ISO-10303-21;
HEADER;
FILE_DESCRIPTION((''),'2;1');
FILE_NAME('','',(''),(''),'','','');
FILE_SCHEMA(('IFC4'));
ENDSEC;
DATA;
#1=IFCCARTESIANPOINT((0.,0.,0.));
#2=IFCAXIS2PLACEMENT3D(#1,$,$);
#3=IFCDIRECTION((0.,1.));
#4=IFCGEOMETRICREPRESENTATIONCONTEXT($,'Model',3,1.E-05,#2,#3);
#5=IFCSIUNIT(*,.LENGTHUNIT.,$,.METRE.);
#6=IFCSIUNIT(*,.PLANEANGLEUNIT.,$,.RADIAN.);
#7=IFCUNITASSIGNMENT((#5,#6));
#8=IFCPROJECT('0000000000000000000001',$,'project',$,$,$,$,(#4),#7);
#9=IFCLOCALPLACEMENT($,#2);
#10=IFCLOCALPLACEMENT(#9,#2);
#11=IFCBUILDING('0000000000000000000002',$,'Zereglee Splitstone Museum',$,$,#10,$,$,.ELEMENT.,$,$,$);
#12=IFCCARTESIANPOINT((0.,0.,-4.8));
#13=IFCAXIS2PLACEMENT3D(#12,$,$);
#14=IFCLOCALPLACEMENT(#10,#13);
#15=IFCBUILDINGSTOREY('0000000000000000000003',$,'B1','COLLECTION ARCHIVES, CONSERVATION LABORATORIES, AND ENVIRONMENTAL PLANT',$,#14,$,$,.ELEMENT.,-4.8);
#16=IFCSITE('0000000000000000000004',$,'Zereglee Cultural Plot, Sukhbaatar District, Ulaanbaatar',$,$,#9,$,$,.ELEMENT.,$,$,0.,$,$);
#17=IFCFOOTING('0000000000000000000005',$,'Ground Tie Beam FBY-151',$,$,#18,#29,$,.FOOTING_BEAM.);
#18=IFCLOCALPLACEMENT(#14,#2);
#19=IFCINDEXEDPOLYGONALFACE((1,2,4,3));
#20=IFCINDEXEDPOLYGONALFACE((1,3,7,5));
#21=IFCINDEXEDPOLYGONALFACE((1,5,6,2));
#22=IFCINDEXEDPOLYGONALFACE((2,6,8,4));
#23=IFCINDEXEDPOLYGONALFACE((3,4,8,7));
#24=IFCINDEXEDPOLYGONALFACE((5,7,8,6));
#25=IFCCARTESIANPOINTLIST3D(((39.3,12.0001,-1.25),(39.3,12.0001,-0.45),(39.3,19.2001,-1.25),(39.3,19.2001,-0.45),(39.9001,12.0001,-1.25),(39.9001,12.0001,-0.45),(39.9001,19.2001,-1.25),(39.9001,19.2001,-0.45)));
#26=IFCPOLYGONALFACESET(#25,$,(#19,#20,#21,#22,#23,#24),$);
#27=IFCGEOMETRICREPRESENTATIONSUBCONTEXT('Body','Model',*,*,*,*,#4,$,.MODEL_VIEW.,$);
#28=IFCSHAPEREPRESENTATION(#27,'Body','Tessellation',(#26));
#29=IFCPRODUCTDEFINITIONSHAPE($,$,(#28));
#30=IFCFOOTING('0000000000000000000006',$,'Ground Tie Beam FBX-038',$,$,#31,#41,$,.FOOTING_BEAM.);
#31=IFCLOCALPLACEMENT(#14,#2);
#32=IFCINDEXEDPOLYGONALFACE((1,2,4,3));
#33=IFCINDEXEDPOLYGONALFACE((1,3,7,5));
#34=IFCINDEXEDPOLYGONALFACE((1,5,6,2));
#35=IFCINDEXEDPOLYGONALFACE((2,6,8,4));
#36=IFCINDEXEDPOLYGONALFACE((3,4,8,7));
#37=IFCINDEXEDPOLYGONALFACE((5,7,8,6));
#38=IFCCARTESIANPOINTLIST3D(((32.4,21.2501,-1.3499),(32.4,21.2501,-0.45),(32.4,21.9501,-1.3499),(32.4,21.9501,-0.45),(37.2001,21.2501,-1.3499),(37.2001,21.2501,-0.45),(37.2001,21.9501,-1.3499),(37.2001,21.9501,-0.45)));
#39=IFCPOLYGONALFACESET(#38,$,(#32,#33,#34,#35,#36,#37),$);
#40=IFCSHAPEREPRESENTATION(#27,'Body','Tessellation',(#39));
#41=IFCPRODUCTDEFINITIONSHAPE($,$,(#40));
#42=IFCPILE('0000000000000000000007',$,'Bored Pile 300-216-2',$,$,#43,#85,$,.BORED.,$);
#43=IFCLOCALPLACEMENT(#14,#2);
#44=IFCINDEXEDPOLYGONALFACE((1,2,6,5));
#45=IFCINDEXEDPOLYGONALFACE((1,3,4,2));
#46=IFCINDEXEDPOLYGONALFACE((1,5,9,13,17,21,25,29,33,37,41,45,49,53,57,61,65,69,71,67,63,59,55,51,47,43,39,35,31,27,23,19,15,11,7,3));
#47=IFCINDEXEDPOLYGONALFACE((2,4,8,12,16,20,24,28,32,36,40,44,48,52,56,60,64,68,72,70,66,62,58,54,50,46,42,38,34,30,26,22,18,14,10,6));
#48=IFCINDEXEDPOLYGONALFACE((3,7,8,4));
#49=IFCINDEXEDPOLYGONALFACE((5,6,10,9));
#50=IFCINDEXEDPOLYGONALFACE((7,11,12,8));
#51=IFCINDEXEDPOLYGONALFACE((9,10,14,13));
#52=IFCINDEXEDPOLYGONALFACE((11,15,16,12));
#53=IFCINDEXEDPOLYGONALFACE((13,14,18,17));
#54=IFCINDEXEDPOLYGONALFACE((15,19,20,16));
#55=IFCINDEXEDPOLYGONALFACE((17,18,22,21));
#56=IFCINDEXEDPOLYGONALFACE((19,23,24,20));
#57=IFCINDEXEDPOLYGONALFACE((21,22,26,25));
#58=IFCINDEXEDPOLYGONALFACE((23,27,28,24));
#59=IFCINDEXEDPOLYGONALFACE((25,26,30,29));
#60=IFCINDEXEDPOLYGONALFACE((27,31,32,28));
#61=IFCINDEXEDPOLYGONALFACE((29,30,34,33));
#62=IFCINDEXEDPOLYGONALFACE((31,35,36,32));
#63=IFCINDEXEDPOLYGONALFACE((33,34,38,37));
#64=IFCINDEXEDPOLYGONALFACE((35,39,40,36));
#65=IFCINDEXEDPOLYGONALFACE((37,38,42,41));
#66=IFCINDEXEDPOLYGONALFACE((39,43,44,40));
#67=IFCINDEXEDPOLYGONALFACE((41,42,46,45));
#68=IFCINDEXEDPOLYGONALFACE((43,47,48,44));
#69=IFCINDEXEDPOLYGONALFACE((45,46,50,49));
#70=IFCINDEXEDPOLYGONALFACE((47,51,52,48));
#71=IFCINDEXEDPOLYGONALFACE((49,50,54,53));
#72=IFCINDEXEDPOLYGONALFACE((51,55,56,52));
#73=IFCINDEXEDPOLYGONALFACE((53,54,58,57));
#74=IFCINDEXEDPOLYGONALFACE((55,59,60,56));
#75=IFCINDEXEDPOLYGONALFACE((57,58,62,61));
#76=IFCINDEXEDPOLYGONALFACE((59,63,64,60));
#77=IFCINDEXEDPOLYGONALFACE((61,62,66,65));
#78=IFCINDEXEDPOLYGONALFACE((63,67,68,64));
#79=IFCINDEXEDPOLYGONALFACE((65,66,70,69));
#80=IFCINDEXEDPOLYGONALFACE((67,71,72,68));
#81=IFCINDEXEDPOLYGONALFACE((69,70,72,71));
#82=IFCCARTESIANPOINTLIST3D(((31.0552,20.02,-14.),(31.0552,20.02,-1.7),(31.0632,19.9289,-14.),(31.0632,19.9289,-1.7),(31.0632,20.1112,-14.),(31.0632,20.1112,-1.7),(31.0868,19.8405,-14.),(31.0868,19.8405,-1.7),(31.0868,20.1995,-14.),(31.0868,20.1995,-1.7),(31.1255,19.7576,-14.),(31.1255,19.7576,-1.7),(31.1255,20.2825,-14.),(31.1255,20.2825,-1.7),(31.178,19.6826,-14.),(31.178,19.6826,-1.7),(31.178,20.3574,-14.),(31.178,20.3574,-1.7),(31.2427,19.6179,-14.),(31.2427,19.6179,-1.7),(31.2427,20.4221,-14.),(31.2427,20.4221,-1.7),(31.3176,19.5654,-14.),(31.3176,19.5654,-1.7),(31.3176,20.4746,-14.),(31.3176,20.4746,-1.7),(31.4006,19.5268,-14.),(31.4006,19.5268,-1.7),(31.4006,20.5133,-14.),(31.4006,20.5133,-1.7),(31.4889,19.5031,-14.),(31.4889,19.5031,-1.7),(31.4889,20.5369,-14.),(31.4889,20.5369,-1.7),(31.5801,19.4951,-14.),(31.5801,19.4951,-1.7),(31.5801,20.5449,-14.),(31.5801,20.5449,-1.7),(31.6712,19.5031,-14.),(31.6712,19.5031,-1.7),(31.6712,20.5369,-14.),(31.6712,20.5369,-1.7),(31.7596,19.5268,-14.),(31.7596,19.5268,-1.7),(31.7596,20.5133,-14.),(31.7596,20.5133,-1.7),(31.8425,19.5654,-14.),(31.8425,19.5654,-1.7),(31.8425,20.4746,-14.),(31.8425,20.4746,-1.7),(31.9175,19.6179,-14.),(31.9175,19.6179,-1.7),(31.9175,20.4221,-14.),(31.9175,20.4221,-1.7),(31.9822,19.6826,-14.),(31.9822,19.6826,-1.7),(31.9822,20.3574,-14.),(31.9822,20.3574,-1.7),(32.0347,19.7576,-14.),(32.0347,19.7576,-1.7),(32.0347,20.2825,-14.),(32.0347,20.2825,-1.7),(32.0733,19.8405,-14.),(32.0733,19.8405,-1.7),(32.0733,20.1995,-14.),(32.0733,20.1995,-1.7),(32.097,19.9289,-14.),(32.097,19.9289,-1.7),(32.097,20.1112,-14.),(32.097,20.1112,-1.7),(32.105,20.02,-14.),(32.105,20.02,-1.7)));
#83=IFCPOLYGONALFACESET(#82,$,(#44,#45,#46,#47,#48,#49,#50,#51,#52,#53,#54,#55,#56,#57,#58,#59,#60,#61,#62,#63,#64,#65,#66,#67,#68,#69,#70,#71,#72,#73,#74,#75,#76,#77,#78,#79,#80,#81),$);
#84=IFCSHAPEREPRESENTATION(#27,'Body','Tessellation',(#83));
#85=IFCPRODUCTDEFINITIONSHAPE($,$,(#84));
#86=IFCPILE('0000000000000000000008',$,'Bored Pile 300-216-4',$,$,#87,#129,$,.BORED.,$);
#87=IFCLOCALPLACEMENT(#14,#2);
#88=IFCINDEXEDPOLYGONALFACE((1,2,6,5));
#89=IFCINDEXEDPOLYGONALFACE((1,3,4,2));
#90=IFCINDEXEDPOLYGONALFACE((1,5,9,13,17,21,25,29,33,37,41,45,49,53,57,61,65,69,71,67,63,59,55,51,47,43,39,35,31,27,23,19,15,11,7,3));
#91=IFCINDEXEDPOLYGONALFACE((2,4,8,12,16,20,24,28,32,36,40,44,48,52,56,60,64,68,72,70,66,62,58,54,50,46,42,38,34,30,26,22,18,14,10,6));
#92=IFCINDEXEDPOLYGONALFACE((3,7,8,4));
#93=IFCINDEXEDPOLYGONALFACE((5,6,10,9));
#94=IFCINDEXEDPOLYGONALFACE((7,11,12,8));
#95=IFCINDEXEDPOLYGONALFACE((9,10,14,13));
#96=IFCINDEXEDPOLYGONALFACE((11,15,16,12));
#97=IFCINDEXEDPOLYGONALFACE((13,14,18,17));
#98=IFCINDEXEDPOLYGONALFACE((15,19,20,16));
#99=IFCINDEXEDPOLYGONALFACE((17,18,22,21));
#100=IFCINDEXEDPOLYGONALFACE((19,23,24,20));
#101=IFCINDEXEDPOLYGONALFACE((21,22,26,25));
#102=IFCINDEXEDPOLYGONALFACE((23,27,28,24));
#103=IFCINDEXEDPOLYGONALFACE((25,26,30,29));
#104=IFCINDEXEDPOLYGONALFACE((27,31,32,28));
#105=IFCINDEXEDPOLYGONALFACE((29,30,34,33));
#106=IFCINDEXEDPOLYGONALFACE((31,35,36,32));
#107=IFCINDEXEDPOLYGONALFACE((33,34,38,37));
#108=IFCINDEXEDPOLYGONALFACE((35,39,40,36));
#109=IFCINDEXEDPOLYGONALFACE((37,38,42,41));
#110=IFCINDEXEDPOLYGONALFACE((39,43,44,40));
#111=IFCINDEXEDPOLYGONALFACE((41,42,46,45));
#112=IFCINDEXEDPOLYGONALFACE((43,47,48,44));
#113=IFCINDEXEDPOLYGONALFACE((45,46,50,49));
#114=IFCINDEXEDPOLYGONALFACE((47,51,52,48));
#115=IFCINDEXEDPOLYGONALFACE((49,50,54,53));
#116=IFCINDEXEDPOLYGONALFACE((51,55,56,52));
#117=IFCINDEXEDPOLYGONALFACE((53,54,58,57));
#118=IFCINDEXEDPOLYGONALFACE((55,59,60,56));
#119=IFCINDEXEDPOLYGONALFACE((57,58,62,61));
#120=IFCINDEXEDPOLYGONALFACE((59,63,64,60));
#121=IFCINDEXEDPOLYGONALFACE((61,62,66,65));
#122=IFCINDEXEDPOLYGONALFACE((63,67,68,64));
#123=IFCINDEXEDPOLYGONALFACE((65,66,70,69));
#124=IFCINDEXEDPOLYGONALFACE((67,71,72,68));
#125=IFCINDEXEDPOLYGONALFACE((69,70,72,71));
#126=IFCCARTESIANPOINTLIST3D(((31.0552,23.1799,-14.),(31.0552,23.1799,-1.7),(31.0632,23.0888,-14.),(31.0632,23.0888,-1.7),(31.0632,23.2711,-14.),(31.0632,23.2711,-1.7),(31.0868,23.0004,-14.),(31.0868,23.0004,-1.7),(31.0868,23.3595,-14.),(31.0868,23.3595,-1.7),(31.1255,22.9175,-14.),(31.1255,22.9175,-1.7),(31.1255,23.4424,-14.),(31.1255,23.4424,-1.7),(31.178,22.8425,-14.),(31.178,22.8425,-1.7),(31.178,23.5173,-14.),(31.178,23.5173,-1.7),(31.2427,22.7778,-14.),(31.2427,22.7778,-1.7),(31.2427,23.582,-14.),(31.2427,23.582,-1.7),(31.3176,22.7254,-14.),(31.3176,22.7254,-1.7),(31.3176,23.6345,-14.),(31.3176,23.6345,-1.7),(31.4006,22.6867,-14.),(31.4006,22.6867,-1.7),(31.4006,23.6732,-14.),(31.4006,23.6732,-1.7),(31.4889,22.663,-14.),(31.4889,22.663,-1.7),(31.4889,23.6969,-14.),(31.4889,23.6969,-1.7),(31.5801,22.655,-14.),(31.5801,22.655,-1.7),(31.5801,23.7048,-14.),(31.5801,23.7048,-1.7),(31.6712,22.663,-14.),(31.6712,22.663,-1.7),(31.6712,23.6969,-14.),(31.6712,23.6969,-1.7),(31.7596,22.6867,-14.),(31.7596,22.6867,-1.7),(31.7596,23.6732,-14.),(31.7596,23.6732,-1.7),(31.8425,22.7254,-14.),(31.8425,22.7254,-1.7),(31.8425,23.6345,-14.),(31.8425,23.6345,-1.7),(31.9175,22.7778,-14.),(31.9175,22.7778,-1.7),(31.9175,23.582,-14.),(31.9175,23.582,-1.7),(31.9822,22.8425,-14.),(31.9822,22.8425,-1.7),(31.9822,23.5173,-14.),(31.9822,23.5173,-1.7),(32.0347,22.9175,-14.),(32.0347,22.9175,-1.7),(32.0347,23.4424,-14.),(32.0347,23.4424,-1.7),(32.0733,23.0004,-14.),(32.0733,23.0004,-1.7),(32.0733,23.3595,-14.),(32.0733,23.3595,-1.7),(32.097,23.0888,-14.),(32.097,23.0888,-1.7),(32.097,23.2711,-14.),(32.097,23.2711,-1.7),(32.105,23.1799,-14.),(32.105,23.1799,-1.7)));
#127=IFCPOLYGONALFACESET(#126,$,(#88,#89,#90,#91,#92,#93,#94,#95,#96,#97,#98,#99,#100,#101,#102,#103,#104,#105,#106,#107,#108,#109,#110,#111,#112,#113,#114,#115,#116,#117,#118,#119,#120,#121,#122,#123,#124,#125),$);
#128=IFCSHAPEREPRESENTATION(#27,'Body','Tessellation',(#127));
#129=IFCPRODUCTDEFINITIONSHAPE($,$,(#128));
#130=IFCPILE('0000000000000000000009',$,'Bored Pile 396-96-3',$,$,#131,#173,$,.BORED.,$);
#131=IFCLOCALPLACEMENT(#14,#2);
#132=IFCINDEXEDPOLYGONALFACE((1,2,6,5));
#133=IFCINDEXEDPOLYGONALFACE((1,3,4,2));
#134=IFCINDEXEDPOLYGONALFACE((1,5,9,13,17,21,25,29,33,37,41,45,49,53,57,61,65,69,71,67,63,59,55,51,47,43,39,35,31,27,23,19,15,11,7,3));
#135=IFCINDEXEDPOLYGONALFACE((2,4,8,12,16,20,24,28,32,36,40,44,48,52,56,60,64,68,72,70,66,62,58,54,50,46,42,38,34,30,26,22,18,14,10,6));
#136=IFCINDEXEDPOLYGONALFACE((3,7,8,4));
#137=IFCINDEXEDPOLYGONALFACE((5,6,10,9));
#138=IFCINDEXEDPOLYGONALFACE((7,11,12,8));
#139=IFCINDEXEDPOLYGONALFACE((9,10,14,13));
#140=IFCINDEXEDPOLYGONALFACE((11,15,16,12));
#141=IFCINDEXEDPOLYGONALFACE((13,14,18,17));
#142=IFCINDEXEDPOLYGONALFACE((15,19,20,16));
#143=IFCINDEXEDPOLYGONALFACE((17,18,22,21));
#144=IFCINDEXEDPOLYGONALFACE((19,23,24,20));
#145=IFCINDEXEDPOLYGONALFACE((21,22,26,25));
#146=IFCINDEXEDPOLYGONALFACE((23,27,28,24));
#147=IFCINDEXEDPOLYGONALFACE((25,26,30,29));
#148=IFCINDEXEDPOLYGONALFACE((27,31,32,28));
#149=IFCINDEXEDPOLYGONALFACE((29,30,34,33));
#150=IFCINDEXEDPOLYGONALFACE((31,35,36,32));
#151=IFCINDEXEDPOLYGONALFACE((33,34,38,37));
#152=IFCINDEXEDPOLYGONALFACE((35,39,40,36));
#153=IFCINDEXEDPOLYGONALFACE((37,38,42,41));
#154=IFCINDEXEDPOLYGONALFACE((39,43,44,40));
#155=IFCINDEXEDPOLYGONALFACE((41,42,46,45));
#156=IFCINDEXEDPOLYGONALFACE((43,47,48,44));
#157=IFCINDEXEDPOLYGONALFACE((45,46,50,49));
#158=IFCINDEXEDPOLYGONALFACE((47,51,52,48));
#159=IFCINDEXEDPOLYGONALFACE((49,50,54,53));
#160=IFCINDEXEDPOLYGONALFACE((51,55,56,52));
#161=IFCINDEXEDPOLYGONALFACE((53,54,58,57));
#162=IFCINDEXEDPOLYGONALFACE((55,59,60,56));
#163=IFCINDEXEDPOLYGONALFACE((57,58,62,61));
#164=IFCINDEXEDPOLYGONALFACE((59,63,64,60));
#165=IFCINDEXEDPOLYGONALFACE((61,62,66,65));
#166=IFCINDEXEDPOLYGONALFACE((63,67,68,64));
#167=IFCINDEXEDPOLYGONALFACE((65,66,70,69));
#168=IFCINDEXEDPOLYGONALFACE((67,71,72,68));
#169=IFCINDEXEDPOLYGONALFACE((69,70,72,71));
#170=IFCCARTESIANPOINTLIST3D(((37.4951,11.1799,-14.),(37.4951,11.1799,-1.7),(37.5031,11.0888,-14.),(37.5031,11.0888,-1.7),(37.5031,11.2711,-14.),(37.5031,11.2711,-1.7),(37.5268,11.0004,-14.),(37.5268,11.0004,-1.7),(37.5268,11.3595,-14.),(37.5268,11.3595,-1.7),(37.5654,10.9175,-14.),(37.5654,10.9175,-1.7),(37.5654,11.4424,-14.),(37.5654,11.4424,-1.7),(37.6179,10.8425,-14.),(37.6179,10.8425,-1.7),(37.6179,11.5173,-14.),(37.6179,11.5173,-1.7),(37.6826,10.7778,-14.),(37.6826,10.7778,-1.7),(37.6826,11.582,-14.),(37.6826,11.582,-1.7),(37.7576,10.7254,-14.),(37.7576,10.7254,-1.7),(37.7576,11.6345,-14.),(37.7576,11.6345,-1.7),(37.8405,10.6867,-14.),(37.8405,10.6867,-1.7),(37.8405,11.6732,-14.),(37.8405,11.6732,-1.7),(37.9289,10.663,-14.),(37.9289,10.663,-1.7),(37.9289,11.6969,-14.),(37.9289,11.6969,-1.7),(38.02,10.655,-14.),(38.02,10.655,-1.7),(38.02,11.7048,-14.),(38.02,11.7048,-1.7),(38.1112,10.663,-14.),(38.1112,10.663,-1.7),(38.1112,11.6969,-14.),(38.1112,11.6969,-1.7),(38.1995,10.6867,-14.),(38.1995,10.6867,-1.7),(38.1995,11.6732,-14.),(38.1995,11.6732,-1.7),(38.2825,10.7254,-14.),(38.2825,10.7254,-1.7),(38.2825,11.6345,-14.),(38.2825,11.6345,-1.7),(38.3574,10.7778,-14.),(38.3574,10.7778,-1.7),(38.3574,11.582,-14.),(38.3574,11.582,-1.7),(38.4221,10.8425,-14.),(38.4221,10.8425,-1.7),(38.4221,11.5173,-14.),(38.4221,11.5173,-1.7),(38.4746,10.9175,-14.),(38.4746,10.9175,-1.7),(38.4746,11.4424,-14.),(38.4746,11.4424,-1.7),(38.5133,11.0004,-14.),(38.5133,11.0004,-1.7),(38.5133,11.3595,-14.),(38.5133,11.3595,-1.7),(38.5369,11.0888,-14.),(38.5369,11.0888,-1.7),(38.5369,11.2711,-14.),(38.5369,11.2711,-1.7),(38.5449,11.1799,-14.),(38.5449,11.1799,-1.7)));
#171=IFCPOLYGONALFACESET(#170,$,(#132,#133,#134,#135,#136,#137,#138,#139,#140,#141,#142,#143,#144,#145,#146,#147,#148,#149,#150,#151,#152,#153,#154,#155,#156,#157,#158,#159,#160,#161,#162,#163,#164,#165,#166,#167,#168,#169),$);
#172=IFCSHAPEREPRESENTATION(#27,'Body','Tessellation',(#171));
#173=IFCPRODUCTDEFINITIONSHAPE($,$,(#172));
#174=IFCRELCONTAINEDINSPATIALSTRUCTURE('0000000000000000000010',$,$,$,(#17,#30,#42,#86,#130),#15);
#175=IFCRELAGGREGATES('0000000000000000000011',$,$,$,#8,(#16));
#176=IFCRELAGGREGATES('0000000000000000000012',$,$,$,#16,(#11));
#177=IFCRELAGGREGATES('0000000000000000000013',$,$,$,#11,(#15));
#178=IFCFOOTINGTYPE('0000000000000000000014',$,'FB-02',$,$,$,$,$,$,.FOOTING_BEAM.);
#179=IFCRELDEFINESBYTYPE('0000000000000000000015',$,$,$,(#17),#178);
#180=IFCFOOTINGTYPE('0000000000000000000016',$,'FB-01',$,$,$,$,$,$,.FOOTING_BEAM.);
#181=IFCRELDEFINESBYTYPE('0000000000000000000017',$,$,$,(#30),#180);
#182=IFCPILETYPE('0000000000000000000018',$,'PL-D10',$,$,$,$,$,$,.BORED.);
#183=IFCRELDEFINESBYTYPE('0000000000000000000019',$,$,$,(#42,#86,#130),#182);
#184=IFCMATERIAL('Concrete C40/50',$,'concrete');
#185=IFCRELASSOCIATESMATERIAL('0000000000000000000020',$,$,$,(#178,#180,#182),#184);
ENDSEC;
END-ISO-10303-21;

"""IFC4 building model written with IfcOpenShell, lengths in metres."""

from ifc_helpers import new_model, si_unit, direction, frame, origin, origin_2d, place, context, subcontext, project, spatial, rectangle, circle, extrude, material, material_profile, profile_set, type_object, element, save


model = new_model("IFC4")

# Units and contexts
model_context = context("Model", 3, precision=1e-05, world=origin(), true_north=direction((0.0, 1.0)))
body_context = subcontext(model_context, "Body", "Model", "MODEL_VIEW")
ifc_project = project(units=[si_unit("LENGTHUNIT", "METRE"), si_unit("PLANEANGLEUNIT", "RADIAN")], contexts=[model_context])

# Site, building, storey
site_placement = place(None, origin())
site = spatial("IfcSite", under=ifc_project, at=site_placement, Name="Zereglee Cultural Plot, Sukhbaatar District, Ulaanbaatar", CompositionType="ELEMENT", RefElevation=0.0)
building_placement = place(site_placement, origin())
building = spatial("IfcBuilding", under=site, at=building_placement, Name="Zereglee Splitstone Museum", CompositionType="ELEMENT")
storey_placement = place(building_placement, frame((0.0, 0.0, -4.8)))
storey = spatial("IfcBuildingStorey", under=building, at=storey_placement, Name="B1", Description="COLLECTION ARCHIVES, CONSERVATION LABORATORIES, AND ENVIRONMENTAL PLANT", CompositionType="ELEMENT", Elevation=-4.8)

# Footings
ifc_material_1 = material(Name="Concrete C40/50", Category="concrete")
footing_type_1 = type_object("IfcFootingType", Name="FB-02", PredefinedType="FOOTING_BEAM", material=ifc_material_1)
footing_1_placement = place(storey_placement, frame((39.6001, 15.6001, -1.25), z_axis=(0.0, 0.0, 1.0), x_axis=(0.0, 1.0, 0.0)))
element("IfcFooting", 1, at=footing_1_placement, inside=storey, type_object=footing_type_1, Name="Ground Tie Beam FBY-151", PredefinedType="FOOTING_BEAM", context=body_context, shape_type="SweptSolid", body=[
    extrude(rectangle(XDim=7.2, YDim=0.6001, at=origin_2d()), origin(), (0.0, 0.0, 1.0), 0.8),
])
footing_type_2 = type_object("IfcFootingType", Name="FB-01", PredefinedType="FOOTING_BEAM", material=ifc_material_1)
footing_2_placement = place(storey_placement, frame((34.8, 21.6001, -1.3499), z_axis=(0.0, 0.0, 1.0), x_axis=(1.0, 0.0, 0.0)))
element("IfcFooting", 2, at=footing_2_placement, inside=storey, type_object=footing_type_2, Name="Ground Tie Beam FBX-038", PredefinedType="FOOTING_BEAM", context=body_context, shape_type="SweptSolid", body=[
    extrude(rectangle(XDim=4.8, YDim=0.7, at=origin_2d()), origin(), (0.0, 0.0, 1.0), 0.8999),
])

# Piles
ifc_material_profile = material_profile(ifc_material_1, circle(Radius=0.5249, at=origin_2d()), Name="PILE D1050")
ifc_profile_set = profile_set([ifc_material_profile], Name="Concrete C40/50")
pile_type = type_object("IfcPileType", Name="PL-D10", PredefinedType="BORED", material=ifc_profile_set)
for number, where, z_axis, x_axis, name in (
    (3, (31.5801, 20.02, -1.7), (0.0, 0.0, -1.0), (1.0, 0.0, 0.0), "Bored Pile 300-216-2"),
    (4, (31.5801, 23.1799, -1.7), (0.0, 0.0, -1.0), (1.0, 0.0, 0.0), "Bored Pile 300-216-4"),
    (5, (38.02, 11.1799, -1.7), (0.0, 0.0, -1.0), (1.0, 0.0, 0.0), "Bored Pile 396-96-3"),
):
    element("IfcPile", number, at=place(storey_placement, frame(where, z_axis=z_axis, x_axis=x_axis)), inside=storey, type_object=pile_type, Name=name, PredefinedType="BORED", context=body_context, shape_type="SweptSolid", body=[
        extrude(circle(Radius=0.5249, at=origin_2d()), origin(), (0.0, 0.0, 1.0), 12.3),
    ])

save(model, "model.ifc")
